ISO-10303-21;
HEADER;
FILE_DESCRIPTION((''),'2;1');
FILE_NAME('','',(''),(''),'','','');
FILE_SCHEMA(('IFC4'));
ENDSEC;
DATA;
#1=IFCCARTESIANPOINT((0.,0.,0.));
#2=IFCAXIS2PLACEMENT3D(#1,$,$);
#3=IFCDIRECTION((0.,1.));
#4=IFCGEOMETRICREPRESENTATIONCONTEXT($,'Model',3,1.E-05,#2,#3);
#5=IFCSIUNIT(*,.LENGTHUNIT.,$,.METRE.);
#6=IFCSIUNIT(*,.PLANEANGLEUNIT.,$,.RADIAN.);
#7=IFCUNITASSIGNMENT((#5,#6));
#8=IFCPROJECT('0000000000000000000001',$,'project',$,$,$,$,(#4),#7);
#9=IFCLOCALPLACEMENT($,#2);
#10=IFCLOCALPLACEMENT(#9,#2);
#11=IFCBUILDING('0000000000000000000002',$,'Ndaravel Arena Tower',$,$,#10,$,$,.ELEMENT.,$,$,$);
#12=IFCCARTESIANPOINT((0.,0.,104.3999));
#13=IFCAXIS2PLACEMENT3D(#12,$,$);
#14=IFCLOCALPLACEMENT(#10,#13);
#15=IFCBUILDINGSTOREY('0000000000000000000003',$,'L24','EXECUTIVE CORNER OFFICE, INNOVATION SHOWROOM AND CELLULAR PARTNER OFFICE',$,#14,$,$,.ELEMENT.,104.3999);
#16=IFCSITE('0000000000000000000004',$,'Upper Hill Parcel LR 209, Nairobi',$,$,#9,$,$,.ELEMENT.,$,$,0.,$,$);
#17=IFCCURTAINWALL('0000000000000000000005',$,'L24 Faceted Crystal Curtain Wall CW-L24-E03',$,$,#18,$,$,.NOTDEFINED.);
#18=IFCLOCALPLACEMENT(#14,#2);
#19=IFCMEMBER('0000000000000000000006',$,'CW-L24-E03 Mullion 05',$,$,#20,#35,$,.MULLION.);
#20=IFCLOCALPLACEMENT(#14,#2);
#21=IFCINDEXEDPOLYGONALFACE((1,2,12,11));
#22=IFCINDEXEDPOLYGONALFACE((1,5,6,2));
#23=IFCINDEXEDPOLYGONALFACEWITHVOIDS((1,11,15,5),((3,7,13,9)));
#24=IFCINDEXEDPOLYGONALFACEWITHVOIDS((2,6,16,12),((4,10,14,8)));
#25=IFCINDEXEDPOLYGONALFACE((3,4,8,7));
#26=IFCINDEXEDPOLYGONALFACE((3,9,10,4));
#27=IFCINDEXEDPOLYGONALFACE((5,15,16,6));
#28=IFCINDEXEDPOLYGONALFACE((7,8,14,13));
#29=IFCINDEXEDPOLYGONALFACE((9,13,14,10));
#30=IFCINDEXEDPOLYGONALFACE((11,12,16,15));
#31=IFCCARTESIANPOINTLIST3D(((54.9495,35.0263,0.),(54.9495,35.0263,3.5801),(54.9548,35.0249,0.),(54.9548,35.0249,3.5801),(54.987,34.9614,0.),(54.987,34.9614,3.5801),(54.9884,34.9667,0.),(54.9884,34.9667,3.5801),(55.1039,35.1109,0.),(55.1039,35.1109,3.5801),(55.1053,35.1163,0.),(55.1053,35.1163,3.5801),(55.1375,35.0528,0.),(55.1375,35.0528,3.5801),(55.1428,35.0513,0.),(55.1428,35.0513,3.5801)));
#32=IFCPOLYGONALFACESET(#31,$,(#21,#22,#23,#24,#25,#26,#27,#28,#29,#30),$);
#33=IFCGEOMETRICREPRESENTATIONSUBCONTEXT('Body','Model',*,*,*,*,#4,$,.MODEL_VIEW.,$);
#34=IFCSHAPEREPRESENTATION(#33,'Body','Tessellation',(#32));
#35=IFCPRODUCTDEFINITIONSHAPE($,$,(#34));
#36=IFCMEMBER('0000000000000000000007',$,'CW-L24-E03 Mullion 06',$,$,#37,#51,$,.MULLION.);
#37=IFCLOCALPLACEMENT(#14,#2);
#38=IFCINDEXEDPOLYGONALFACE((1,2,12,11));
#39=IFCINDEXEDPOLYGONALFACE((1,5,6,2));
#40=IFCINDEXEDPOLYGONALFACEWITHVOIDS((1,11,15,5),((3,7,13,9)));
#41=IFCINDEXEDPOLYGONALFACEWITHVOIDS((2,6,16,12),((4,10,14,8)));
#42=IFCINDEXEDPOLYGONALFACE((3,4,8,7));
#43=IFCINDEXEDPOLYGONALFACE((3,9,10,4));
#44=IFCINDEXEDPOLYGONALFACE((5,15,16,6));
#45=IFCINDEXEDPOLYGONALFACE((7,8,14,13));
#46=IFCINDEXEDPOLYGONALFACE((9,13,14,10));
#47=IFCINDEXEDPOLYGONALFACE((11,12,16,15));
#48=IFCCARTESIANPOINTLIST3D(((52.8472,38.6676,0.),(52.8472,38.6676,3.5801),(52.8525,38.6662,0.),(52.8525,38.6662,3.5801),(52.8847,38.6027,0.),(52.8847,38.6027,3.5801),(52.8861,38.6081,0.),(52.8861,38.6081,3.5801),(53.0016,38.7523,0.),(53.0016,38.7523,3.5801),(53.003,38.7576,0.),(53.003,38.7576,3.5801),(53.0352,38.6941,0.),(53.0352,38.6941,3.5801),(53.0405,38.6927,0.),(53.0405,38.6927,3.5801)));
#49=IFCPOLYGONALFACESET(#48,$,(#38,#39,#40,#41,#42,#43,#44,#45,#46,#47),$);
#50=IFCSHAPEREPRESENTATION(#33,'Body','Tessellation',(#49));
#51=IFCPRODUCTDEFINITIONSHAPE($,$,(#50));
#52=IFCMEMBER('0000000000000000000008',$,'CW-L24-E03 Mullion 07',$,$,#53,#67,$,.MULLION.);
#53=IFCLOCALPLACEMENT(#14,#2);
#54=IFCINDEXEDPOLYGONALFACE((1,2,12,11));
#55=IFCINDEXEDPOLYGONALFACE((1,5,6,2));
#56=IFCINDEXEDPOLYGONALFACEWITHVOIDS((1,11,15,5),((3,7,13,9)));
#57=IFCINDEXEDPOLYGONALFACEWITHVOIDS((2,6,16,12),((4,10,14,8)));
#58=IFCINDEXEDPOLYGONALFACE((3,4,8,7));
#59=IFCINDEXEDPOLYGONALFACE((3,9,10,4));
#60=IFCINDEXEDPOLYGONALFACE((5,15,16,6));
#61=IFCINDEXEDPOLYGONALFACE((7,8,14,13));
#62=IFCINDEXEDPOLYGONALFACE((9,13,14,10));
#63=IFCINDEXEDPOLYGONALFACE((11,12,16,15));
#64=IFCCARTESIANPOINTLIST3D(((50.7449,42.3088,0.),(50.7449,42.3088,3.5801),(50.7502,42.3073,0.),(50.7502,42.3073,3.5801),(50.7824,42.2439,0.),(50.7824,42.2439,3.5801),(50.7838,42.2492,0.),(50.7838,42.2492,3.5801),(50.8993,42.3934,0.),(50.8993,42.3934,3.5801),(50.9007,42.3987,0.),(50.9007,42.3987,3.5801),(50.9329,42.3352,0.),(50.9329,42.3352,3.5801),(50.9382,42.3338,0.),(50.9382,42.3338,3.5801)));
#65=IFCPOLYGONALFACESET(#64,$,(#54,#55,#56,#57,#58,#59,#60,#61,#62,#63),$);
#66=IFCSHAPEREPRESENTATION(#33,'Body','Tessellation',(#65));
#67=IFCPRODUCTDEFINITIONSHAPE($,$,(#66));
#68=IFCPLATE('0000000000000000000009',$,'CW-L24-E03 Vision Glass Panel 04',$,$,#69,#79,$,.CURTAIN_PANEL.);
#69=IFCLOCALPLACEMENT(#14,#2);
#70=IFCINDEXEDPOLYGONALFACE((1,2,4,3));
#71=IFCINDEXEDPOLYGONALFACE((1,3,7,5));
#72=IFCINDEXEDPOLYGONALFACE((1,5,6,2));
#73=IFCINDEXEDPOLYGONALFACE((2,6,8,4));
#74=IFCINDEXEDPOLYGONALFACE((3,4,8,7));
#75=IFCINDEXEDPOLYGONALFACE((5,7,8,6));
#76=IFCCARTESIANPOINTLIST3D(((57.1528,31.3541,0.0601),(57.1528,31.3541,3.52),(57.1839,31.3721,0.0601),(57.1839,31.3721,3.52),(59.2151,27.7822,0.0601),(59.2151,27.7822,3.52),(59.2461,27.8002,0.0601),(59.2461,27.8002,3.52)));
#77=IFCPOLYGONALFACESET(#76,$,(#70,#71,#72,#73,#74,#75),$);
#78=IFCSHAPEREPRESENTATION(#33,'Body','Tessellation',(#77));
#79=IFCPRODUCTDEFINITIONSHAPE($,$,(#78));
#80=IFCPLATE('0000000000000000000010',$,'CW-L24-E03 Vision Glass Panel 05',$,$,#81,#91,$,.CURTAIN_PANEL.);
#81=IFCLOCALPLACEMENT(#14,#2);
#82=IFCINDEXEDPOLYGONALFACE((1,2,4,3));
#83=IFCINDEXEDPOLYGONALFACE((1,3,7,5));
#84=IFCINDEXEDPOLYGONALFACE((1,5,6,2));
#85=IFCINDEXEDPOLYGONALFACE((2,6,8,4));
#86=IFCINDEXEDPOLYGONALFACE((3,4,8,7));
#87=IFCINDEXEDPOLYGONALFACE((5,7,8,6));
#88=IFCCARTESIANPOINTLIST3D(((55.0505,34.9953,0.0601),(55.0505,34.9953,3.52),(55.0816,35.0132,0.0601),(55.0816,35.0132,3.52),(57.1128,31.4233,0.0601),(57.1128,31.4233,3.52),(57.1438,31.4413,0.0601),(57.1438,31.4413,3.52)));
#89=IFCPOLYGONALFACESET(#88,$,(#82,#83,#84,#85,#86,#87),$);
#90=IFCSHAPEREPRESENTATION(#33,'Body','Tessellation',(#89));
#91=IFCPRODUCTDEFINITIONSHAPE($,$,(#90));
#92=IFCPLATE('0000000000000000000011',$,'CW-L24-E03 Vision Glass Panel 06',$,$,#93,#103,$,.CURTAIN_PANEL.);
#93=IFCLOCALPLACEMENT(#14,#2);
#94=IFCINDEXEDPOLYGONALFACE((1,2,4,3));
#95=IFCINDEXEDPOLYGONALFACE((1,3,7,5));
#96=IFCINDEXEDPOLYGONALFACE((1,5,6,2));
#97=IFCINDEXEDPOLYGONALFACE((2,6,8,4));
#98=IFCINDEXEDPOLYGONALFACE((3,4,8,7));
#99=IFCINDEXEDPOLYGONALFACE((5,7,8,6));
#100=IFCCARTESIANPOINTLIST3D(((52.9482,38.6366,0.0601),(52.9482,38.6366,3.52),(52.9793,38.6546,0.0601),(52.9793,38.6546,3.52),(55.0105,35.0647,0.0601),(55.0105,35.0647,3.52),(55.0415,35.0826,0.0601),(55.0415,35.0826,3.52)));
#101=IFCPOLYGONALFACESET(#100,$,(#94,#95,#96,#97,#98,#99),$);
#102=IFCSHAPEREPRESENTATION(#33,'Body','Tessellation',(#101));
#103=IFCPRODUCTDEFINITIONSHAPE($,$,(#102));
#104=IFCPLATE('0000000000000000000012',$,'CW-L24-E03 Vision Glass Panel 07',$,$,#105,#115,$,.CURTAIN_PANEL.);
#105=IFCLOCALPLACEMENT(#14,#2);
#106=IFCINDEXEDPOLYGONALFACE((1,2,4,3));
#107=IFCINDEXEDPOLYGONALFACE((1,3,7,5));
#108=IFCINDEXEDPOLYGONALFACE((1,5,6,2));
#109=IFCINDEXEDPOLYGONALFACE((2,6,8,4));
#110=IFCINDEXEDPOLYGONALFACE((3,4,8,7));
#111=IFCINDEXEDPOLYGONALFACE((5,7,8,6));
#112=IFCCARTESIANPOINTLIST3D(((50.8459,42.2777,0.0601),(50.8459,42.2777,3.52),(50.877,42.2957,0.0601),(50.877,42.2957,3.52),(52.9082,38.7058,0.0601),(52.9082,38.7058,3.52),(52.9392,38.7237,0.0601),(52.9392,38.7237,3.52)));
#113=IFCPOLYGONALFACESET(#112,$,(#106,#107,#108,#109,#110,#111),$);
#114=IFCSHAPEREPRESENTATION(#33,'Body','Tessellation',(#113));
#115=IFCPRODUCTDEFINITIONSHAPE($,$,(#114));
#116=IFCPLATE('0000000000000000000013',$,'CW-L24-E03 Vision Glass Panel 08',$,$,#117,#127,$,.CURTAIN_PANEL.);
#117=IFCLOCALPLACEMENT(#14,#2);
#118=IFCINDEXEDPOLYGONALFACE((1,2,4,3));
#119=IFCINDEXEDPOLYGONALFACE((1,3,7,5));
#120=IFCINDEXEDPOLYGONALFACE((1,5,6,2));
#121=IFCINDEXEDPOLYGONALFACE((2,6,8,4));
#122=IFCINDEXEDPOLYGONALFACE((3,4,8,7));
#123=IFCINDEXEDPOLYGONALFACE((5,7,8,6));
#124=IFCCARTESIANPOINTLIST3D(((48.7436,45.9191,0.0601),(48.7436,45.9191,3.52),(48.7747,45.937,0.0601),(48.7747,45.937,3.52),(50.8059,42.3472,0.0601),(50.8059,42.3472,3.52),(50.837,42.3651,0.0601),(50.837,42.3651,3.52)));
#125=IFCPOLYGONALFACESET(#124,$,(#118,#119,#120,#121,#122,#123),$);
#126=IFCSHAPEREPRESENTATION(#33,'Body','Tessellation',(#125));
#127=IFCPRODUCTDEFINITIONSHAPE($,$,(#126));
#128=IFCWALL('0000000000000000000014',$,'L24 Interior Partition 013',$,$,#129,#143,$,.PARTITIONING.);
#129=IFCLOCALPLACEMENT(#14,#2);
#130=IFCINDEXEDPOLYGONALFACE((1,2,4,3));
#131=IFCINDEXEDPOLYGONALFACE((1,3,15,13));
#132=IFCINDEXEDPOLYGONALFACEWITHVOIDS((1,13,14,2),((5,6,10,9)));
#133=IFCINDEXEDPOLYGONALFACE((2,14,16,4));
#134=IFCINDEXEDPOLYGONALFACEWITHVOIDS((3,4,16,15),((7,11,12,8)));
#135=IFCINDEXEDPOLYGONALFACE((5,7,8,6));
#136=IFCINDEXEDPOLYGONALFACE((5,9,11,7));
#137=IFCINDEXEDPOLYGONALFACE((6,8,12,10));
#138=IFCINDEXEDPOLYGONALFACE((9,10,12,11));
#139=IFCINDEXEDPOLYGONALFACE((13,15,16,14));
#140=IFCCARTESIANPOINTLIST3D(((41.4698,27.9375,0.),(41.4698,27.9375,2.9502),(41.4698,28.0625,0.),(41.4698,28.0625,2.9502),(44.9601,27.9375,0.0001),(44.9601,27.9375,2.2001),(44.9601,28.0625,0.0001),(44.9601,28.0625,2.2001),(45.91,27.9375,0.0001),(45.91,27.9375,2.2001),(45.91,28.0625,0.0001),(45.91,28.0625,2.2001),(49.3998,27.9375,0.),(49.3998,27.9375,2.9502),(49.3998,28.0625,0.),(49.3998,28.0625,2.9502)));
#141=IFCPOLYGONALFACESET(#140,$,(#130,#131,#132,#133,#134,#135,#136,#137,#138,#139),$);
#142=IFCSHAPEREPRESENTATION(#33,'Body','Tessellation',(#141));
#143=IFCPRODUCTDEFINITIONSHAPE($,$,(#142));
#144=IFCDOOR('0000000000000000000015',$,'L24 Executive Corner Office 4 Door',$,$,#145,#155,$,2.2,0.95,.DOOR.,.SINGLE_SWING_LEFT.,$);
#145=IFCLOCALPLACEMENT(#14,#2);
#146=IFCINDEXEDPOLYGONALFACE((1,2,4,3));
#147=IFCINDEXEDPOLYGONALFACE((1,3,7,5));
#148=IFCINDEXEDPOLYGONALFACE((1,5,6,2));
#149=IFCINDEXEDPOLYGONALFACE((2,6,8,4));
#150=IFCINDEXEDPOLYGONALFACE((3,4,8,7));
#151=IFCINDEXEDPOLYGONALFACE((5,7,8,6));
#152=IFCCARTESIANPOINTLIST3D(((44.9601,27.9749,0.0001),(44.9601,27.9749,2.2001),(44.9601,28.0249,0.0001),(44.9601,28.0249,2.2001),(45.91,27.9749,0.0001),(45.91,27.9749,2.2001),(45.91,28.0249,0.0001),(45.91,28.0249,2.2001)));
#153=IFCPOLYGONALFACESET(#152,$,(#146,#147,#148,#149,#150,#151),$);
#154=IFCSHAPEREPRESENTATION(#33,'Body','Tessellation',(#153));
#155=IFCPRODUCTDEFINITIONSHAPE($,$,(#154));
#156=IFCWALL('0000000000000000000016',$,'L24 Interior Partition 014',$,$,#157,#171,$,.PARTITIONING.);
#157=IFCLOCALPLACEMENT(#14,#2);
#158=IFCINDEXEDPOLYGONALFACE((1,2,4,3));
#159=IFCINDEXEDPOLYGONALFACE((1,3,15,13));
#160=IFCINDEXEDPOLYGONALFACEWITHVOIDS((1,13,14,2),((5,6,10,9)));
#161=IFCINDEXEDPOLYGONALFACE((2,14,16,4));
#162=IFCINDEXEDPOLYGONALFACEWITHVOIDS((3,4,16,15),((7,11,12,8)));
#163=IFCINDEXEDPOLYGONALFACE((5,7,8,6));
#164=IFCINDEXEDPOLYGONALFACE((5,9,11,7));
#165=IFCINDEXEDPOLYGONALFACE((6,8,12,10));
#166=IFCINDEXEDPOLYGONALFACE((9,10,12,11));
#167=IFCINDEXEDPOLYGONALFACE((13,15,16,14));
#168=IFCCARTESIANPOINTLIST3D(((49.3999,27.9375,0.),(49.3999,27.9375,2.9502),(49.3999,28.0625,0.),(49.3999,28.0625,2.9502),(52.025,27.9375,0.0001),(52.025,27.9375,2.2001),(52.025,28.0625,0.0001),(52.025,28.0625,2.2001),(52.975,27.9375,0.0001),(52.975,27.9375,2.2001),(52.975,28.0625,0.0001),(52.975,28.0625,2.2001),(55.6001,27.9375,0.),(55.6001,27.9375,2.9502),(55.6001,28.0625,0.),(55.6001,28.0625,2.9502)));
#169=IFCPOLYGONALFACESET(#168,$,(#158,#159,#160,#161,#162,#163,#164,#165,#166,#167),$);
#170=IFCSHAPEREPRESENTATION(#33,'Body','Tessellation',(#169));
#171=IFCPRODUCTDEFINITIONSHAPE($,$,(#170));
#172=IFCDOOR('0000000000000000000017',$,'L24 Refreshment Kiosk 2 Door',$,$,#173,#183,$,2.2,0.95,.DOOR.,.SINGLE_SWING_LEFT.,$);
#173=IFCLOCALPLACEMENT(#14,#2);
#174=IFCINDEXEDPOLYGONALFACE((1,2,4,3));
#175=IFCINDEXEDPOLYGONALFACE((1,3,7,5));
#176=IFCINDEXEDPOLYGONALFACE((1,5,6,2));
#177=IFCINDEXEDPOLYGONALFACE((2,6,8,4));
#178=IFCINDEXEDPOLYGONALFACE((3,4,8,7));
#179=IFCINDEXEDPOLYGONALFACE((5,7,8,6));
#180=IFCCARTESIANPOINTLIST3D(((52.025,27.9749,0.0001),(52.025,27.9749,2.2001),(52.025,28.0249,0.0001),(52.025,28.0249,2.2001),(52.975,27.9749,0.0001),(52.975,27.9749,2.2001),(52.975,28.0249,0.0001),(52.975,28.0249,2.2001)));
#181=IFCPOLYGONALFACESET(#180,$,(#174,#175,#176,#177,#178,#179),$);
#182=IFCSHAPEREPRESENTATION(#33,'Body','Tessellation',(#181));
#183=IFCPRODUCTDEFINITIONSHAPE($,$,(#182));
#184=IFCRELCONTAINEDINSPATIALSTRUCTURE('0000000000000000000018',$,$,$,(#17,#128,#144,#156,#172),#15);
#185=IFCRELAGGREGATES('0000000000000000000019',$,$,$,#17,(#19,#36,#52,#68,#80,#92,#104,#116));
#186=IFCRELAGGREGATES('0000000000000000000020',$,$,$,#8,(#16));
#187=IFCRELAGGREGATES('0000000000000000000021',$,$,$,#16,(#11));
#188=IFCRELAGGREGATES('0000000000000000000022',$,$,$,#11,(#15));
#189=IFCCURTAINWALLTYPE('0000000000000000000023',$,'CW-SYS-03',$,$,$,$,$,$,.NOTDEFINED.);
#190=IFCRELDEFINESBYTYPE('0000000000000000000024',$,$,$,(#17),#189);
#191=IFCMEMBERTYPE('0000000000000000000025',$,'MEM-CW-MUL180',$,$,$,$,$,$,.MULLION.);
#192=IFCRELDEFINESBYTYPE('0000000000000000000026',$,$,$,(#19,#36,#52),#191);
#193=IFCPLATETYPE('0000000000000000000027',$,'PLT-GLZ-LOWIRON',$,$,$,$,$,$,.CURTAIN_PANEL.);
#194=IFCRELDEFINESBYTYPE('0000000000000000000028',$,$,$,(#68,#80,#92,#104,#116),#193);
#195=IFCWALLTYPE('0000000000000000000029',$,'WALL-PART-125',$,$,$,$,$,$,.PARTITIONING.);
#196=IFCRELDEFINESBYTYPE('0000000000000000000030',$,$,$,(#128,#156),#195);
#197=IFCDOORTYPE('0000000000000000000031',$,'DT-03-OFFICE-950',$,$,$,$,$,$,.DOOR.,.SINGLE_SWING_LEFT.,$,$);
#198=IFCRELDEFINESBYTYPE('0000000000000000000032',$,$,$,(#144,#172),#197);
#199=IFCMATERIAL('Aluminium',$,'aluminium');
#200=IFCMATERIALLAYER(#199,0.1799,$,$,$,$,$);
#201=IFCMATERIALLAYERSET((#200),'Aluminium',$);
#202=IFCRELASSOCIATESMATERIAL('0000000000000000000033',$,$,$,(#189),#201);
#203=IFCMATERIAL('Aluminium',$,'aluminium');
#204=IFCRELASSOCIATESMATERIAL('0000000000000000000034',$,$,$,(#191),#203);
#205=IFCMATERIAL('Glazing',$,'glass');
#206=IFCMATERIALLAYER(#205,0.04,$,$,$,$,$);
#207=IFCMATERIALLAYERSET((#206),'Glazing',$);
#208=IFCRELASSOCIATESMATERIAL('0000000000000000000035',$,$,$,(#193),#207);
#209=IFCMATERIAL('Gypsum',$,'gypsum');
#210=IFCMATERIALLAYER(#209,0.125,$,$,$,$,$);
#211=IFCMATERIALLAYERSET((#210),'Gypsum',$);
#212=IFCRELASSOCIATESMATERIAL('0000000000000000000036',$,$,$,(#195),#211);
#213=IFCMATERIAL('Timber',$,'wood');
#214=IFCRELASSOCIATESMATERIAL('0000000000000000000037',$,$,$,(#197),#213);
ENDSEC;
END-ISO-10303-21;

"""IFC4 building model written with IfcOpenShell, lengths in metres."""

from ifc_helpers import new_model, si_unit, direction, frame, frame_2d, origin, origin_2d, place, context, subcontext, project, spatial, rectangle, hollow_rectangle, extrude, material, layer, layer_set, material_profile, profile_set, type_object, element, fill, aggregate, save


model = new_model("IFC4")

# Units and contexts
model_context = context("Model", 3, precision=1e-05, world=origin(), true_north=direction((0.0, 1.0)))
body_context = subcontext(model_context, "Body", "Model", "MODEL_VIEW")
ifc_project = project(units=[si_unit("LENGTHUNIT", "METRE"), si_unit("PLANEANGLEUNIT", "RADIAN")], contexts=[model_context])

# Site, building, storey
site_placement = place(None, origin())
site = spatial("IfcSite", under=ifc_project, at=site_placement, Name="Upper Hill Parcel LR 209, Nairobi", CompositionType="ELEMENT", RefElevation=0.0)
building_placement = place(site_placement, origin())
building = spatial("IfcBuilding", under=site, at=building_placement, Name="Ndaravel Arena Tower", CompositionType="ELEMENT")
storey_placement = place(building_placement, frame((0.0, 0.0, 104.3999)))
storey = spatial("IfcBuildingStorey", under=building, at=storey_placement, Name="L24", Description="EXECUTIVE CORNER OFFICE, INNOVATION SHOWROOM AND CELLULAR PARTNER OFFICE", CompositionType="ELEMENT", Elevation=104.3999)

# Curtain wall, members, plates
ifc_material_1 = material(Name="Aluminium", Category="aluminium")
ifc_layer_1 = layer(ifc_material_1, 0.1799)
ifc_layer_set_1 = layer_set([ifc_layer_1], Name="Aluminium")
curtain_wall_type = type_object("IfcCurtainWallType", Name="CW-SYS-03", PredefinedType="NOTDEFINED", material=ifc_layer_set_1)
curtain_wall_placement = place(storey_placement, origin())
curtain_wall = element("IfcCurtainWall", 1, at=curtain_wall_placement, inside=storey, type_object=curtain_wall_type, Name="L24 Faceted Crystal Curtain Wall CW-L24-E03", PredefinedType="NOTDEFINED")
ifc_material_2 = material(Name="Aluminium", Category="aluminium")
ifc_material_profile_1 = material_profile(ifc_material_2, hollow_rectangle(XDim=0.075, YDim=0.1799, WallThickness=0.0039, at=origin_2d()), Name="CW MULLION 75x180x4")
ifc_profile_set_1 = profile_set([ifc_material_profile_1], Name="Aluminium")
member_type = type_object("IfcMemberType", Name="MEM-CW-MUL180", PredefinedType="MULLION", material=ifc_profile_set_1)
member_1_placement = place(storey_placement, frame((55.0461, 35.0388, 0.0), z_axis=(0.0, 0.0, 1.0), x_axis=(-0.5, 0.866025, 0.0)))
member_1 = element("IfcMember", 2, at=member_1_placement, type_object=member_type, Name="CW-L24-E03 Mullion 05", PredefinedType="MULLION", context=body_context, shape_type="SweptSolid", body=[
    extrude(hollow_rectangle(XDim=0.075, YDim=0.1799, WallThickness=0.0039, at=origin_2d()), origin(), (0.0, 0.0, 1.0), 3.5801),
])
member_2_placement = place(storey_placement, frame((52.9438, 38.6802, 0.0), z_axis=(0.0, 0.0, 1.0), x_axis=(-0.5, 0.866025, 0.0)))
member_2 = element("IfcMember", 3, at=member_2_placement, type_object=member_type, Name="CW-L24-E03 Mullion 06", PredefinedType="MULLION", context=body_context, shape_type="SweptSolid", body=[
    extrude(hollow_rectangle(XDim=0.075, YDim=0.1799, WallThickness=0.0039, at=origin_2d()), origin(), (0.0, 0.0, 1.0), 3.5801),
])
member_3_placement = place(storey_placement, frame((50.8416, 42.3213, 0.0), z_axis=(0.0, 0.0, 1.0), x_axis=(-0.5, 0.866025, 0.0)))
member_3 = element("IfcMember", 4, at=member_3_placement, type_object=member_type, Name="CW-L24-E03 Mullion 07", PredefinedType="MULLION", context=body_context, shape_type="SweptSolid", body=[
    extrude(hollow_rectangle(XDim=0.075, YDim=0.1799, WallThickness=0.0039, at=origin_2d()), origin(), (0.0, 0.0, 1.0), 3.5801),
])
ifc_material_3 = material(Name="Glazing", Category="glass")
ifc_layer_2 = layer(ifc_material_3, 0.04)
ifc_layer_set_2 = layer_set([ifc_layer_2], Name="Glazing")
plate_type = type_object("IfcPlateType", Name="PLT-GLZ-LOWIRON", PredefinedType="CURTAIN_PANEL", material=ifc_layer_set_2)
plate_1_placement = place(storey_placement, frame((58.1995, 29.5771, 0.0601), z_axis=(0.0, 0.0, 1.0), x_axis=(-0.5, 0.866025, 0.0)))
plate_1 = element("IfcPlate", 5, at=plate_1_placement, type_object=plate_type, Name="CW-L24-E03 Vision Glass Panel 04", PredefinedType="CURTAIN_PANEL", context=body_context, shape_type="SweptSolid", body=[
    extrude(rectangle(XDim=4.1245, YDim=0.0359, at=origin_2d()), origin(), (0.0, 0.0, 1.0), 3.46),
])
plate_2_placement = place(storey_placement, frame((56.0972, 33.2183, 0.0601), z_axis=(0.0, 0.0, 1.0), x_axis=(-0.5, 0.866025, 0.0)))
plate_2 = element("IfcPlate", 6, at=plate_2_placement, type_object=plate_type, Name="CW-L24-E03 Vision Glass Panel 05", PredefinedType="CURTAIN_PANEL", context=body_context, shape_type="SweptSolid", body=[
    extrude(rectangle(XDim=4.1245, YDim=0.0359, at=origin_2d()), origin(), (0.0, 0.0, 1.0), 3.46),
])
plate_3_placement = place(storey_placement, frame((53.9949, 36.8596, 0.0601), z_axis=(0.0, 0.0, 1.0), x_axis=(-0.5, 0.866025, 0.0)))
plate_3 = element("IfcPlate", 7, at=plate_3_placement, type_object=plate_type, Name="CW-L24-E03 Vision Glass Panel 06", PredefinedType="CURTAIN_PANEL", context=body_context, shape_type="SweptSolid", body=[
    extrude(rectangle(XDim=4.1245, YDim=0.0359, at=origin_2d()), origin(), (0.0, 0.0, 1.0), 3.46),
])
plate_4_placement = place(storey_placement, frame((51.8926, 40.5007, 0.0601), z_axis=(0.0, 0.0, 1.0), x_axis=(-0.5, 0.866025, 0.0)))
plate_4 = element("IfcPlate", 8, at=plate_4_placement, type_object=plate_type, Name="CW-L24-E03 Vision Glass Panel 07", PredefinedType="CURTAIN_PANEL", context=body_context, shape_type="SweptSolid", body=[
    extrude(rectangle(XDim=4.1245, YDim=0.0359, at=origin_2d()), origin(), (0.0, 0.0, 1.0), 3.46),
])
plate_5_placement = place(storey_placement, frame((49.7903, 44.1421, 0.0601), z_axis=(0.0, 0.0, 1.0), x_axis=(-0.5, 0.866025, 0.0)))
plate_5 = element("IfcPlate", 9, at=plate_5_placement, type_object=plate_type, Name="CW-L24-E03 Vision Glass Panel 08", PredefinedType="CURTAIN_PANEL", context=body_context, shape_type="SweptSolid", body=[
    extrude(rectangle(XDim=4.1245, YDim=0.0359, at=origin_2d()), origin(), (0.0, 0.0, 1.0), 3.46),
])
aggregate(curtain_wall, [member_1, member_2, member_3, plate_1, plate_2, plate_3, plate_4, plate_5])

# Walls, openings, doors
ifc_material_4 = material(Name="Gypsum", Category="gypsum")
ifc_layer_3 = layer(ifc_material_4, 0.125)
ifc_layer_set_3 = layer_set([ifc_layer_3], Name="Gypsum")
wall_type = type_object("IfcWallType", Name="WALL-PART-125", PredefinedType="PARTITIONING", material=ifc_layer_set_3)
wall_1_placement = place(storey_placement, frame((41.47, 28.0, 0.0), z_axis=(0.0, 0.0, 1.0), x_axis=(1.0, 0.0, 0.0)))
wall_1 = element("IfcWall", 10, at=wall_1_placement, inside=storey, type_object=wall_type, Name="L24 Interior Partition 013", PredefinedType="PARTITIONING", context=body_context, shape_type="SweptSolid", body=[
    extrude(rectangle(XDim=7.9299, YDim=0.125, at=frame_2d((3.9648, 0.0))), origin(), (0.0, 0.0, 1.0), 2.9502),
])
opening_1_placement = place(wall_1_placement, frame((3.49, 0.0, 0.0)))
opening_1 = element("IfcOpeningElement", 11, at=opening_1_placement, cuts=wall_1, PredefinedType="OPENING", context=body_context, shape_type="SweptSolid", body=[
    extrude(rectangle(XDim=0.95, YDim=2.2, at=frame_2d((0.4751, 1.1001))), frame((0.0, 0.0625, 0.0), z_axis=(0.0, -1.0, 0.0), x_axis=(1.0, 0.0, 0.0)), (0.0, 0.0, 1.0), 0.125),
])
ifc_material_5 = material(Name="Timber", Category="wood")
door_type = type_object("IfcDoorType", Name="DT-03-OFFICE-950", OperationType="SINGLE_SWING_LEFT", PredefinedType="DOOR", material=ifc_material_5)
door_1_placement = place(opening_1_placement, origin())
door_1 = element("IfcDoor", 12, at=door_1_placement, inside=storey, type_object=door_type, Name="L24 Executive Corner Office 4 Door", OperationType="SINGLE_SWING_LEFT", OverallHeight=2.2, OverallWidth=0.95, PredefinedType="DOOR", context=body_context, shape_type="SweptSolid", body=[
    extrude(rectangle(XDim=0.95, YDim=2.2, at=frame_2d((0.4751, 1.1001))), frame((0.0, 0.0249, 0.0), z_axis=(0.0, -1.0, 0.0), x_axis=(1.0, 0.0, 0.0)), (0.0, 0.0, 1.0), 0.05),
])
fill(opening_1, door_1)
wall_2_placement = place(storey_placement, frame((49.3999, 28.0, 0.0), z_axis=(0.0, 0.0, 1.0), x_axis=(1.0, 0.0, 0.0)))
wall_2 = element("IfcWall", 13, at=wall_2_placement, inside=storey, type_object=wall_type, Name="L24 Interior Partition 014", PredefinedType="PARTITIONING", context=body_context, shape_type="SweptSolid", body=[
    extrude(rectangle(XDim=6.2002, YDim=0.125, at=frame_2d((3.1001, 0.0))), origin(), (0.0, 0.0, 1.0), 2.9502),
])
opening_2_placement = place(wall_2_placement, frame((2.625, 0.0, 0.0)))
opening_2 = element("IfcOpeningElement", 14, at=opening_2_placement, cuts=wall_2, PredefinedType="OPENING", context=body_context, shape_type="SweptSolid", body=[
    extrude(rectangle(XDim=0.95, YDim=2.2, at=frame_2d((0.4751, 1.1001))), frame((0.0, 0.0625, 0.0), z_axis=(0.0, -1.0, 0.0), x_axis=(1.0, 0.0, 0.0)), (0.0, 0.0, 1.0), 0.125),
])
door_2_placement = place(opening_2_placement, origin())
door_2 = element("IfcDoor", 15, at=door_2_placement, inside=storey, type_object=door_type, Name="L24 Refreshment Kiosk 2 Door", OperationType="SINGLE_SWING_LEFT", OverallHeight=2.2, OverallWidth=0.95, PredefinedType="DOOR", context=body_context, shape_type="SweptSolid", body=[
    extrude(rectangle(XDim=0.95, YDim=2.2, at=frame_2d((0.4751, 1.1001))), frame((0.0, 0.0249, 0.0), z_axis=(0.0, -1.0, 0.0), x_axis=(1.0, 0.0, 0.0)), (0.0, 0.0, 1.0), 0.05),
])
fill(opening_2, door_2)

save(model, "model.ifc")
